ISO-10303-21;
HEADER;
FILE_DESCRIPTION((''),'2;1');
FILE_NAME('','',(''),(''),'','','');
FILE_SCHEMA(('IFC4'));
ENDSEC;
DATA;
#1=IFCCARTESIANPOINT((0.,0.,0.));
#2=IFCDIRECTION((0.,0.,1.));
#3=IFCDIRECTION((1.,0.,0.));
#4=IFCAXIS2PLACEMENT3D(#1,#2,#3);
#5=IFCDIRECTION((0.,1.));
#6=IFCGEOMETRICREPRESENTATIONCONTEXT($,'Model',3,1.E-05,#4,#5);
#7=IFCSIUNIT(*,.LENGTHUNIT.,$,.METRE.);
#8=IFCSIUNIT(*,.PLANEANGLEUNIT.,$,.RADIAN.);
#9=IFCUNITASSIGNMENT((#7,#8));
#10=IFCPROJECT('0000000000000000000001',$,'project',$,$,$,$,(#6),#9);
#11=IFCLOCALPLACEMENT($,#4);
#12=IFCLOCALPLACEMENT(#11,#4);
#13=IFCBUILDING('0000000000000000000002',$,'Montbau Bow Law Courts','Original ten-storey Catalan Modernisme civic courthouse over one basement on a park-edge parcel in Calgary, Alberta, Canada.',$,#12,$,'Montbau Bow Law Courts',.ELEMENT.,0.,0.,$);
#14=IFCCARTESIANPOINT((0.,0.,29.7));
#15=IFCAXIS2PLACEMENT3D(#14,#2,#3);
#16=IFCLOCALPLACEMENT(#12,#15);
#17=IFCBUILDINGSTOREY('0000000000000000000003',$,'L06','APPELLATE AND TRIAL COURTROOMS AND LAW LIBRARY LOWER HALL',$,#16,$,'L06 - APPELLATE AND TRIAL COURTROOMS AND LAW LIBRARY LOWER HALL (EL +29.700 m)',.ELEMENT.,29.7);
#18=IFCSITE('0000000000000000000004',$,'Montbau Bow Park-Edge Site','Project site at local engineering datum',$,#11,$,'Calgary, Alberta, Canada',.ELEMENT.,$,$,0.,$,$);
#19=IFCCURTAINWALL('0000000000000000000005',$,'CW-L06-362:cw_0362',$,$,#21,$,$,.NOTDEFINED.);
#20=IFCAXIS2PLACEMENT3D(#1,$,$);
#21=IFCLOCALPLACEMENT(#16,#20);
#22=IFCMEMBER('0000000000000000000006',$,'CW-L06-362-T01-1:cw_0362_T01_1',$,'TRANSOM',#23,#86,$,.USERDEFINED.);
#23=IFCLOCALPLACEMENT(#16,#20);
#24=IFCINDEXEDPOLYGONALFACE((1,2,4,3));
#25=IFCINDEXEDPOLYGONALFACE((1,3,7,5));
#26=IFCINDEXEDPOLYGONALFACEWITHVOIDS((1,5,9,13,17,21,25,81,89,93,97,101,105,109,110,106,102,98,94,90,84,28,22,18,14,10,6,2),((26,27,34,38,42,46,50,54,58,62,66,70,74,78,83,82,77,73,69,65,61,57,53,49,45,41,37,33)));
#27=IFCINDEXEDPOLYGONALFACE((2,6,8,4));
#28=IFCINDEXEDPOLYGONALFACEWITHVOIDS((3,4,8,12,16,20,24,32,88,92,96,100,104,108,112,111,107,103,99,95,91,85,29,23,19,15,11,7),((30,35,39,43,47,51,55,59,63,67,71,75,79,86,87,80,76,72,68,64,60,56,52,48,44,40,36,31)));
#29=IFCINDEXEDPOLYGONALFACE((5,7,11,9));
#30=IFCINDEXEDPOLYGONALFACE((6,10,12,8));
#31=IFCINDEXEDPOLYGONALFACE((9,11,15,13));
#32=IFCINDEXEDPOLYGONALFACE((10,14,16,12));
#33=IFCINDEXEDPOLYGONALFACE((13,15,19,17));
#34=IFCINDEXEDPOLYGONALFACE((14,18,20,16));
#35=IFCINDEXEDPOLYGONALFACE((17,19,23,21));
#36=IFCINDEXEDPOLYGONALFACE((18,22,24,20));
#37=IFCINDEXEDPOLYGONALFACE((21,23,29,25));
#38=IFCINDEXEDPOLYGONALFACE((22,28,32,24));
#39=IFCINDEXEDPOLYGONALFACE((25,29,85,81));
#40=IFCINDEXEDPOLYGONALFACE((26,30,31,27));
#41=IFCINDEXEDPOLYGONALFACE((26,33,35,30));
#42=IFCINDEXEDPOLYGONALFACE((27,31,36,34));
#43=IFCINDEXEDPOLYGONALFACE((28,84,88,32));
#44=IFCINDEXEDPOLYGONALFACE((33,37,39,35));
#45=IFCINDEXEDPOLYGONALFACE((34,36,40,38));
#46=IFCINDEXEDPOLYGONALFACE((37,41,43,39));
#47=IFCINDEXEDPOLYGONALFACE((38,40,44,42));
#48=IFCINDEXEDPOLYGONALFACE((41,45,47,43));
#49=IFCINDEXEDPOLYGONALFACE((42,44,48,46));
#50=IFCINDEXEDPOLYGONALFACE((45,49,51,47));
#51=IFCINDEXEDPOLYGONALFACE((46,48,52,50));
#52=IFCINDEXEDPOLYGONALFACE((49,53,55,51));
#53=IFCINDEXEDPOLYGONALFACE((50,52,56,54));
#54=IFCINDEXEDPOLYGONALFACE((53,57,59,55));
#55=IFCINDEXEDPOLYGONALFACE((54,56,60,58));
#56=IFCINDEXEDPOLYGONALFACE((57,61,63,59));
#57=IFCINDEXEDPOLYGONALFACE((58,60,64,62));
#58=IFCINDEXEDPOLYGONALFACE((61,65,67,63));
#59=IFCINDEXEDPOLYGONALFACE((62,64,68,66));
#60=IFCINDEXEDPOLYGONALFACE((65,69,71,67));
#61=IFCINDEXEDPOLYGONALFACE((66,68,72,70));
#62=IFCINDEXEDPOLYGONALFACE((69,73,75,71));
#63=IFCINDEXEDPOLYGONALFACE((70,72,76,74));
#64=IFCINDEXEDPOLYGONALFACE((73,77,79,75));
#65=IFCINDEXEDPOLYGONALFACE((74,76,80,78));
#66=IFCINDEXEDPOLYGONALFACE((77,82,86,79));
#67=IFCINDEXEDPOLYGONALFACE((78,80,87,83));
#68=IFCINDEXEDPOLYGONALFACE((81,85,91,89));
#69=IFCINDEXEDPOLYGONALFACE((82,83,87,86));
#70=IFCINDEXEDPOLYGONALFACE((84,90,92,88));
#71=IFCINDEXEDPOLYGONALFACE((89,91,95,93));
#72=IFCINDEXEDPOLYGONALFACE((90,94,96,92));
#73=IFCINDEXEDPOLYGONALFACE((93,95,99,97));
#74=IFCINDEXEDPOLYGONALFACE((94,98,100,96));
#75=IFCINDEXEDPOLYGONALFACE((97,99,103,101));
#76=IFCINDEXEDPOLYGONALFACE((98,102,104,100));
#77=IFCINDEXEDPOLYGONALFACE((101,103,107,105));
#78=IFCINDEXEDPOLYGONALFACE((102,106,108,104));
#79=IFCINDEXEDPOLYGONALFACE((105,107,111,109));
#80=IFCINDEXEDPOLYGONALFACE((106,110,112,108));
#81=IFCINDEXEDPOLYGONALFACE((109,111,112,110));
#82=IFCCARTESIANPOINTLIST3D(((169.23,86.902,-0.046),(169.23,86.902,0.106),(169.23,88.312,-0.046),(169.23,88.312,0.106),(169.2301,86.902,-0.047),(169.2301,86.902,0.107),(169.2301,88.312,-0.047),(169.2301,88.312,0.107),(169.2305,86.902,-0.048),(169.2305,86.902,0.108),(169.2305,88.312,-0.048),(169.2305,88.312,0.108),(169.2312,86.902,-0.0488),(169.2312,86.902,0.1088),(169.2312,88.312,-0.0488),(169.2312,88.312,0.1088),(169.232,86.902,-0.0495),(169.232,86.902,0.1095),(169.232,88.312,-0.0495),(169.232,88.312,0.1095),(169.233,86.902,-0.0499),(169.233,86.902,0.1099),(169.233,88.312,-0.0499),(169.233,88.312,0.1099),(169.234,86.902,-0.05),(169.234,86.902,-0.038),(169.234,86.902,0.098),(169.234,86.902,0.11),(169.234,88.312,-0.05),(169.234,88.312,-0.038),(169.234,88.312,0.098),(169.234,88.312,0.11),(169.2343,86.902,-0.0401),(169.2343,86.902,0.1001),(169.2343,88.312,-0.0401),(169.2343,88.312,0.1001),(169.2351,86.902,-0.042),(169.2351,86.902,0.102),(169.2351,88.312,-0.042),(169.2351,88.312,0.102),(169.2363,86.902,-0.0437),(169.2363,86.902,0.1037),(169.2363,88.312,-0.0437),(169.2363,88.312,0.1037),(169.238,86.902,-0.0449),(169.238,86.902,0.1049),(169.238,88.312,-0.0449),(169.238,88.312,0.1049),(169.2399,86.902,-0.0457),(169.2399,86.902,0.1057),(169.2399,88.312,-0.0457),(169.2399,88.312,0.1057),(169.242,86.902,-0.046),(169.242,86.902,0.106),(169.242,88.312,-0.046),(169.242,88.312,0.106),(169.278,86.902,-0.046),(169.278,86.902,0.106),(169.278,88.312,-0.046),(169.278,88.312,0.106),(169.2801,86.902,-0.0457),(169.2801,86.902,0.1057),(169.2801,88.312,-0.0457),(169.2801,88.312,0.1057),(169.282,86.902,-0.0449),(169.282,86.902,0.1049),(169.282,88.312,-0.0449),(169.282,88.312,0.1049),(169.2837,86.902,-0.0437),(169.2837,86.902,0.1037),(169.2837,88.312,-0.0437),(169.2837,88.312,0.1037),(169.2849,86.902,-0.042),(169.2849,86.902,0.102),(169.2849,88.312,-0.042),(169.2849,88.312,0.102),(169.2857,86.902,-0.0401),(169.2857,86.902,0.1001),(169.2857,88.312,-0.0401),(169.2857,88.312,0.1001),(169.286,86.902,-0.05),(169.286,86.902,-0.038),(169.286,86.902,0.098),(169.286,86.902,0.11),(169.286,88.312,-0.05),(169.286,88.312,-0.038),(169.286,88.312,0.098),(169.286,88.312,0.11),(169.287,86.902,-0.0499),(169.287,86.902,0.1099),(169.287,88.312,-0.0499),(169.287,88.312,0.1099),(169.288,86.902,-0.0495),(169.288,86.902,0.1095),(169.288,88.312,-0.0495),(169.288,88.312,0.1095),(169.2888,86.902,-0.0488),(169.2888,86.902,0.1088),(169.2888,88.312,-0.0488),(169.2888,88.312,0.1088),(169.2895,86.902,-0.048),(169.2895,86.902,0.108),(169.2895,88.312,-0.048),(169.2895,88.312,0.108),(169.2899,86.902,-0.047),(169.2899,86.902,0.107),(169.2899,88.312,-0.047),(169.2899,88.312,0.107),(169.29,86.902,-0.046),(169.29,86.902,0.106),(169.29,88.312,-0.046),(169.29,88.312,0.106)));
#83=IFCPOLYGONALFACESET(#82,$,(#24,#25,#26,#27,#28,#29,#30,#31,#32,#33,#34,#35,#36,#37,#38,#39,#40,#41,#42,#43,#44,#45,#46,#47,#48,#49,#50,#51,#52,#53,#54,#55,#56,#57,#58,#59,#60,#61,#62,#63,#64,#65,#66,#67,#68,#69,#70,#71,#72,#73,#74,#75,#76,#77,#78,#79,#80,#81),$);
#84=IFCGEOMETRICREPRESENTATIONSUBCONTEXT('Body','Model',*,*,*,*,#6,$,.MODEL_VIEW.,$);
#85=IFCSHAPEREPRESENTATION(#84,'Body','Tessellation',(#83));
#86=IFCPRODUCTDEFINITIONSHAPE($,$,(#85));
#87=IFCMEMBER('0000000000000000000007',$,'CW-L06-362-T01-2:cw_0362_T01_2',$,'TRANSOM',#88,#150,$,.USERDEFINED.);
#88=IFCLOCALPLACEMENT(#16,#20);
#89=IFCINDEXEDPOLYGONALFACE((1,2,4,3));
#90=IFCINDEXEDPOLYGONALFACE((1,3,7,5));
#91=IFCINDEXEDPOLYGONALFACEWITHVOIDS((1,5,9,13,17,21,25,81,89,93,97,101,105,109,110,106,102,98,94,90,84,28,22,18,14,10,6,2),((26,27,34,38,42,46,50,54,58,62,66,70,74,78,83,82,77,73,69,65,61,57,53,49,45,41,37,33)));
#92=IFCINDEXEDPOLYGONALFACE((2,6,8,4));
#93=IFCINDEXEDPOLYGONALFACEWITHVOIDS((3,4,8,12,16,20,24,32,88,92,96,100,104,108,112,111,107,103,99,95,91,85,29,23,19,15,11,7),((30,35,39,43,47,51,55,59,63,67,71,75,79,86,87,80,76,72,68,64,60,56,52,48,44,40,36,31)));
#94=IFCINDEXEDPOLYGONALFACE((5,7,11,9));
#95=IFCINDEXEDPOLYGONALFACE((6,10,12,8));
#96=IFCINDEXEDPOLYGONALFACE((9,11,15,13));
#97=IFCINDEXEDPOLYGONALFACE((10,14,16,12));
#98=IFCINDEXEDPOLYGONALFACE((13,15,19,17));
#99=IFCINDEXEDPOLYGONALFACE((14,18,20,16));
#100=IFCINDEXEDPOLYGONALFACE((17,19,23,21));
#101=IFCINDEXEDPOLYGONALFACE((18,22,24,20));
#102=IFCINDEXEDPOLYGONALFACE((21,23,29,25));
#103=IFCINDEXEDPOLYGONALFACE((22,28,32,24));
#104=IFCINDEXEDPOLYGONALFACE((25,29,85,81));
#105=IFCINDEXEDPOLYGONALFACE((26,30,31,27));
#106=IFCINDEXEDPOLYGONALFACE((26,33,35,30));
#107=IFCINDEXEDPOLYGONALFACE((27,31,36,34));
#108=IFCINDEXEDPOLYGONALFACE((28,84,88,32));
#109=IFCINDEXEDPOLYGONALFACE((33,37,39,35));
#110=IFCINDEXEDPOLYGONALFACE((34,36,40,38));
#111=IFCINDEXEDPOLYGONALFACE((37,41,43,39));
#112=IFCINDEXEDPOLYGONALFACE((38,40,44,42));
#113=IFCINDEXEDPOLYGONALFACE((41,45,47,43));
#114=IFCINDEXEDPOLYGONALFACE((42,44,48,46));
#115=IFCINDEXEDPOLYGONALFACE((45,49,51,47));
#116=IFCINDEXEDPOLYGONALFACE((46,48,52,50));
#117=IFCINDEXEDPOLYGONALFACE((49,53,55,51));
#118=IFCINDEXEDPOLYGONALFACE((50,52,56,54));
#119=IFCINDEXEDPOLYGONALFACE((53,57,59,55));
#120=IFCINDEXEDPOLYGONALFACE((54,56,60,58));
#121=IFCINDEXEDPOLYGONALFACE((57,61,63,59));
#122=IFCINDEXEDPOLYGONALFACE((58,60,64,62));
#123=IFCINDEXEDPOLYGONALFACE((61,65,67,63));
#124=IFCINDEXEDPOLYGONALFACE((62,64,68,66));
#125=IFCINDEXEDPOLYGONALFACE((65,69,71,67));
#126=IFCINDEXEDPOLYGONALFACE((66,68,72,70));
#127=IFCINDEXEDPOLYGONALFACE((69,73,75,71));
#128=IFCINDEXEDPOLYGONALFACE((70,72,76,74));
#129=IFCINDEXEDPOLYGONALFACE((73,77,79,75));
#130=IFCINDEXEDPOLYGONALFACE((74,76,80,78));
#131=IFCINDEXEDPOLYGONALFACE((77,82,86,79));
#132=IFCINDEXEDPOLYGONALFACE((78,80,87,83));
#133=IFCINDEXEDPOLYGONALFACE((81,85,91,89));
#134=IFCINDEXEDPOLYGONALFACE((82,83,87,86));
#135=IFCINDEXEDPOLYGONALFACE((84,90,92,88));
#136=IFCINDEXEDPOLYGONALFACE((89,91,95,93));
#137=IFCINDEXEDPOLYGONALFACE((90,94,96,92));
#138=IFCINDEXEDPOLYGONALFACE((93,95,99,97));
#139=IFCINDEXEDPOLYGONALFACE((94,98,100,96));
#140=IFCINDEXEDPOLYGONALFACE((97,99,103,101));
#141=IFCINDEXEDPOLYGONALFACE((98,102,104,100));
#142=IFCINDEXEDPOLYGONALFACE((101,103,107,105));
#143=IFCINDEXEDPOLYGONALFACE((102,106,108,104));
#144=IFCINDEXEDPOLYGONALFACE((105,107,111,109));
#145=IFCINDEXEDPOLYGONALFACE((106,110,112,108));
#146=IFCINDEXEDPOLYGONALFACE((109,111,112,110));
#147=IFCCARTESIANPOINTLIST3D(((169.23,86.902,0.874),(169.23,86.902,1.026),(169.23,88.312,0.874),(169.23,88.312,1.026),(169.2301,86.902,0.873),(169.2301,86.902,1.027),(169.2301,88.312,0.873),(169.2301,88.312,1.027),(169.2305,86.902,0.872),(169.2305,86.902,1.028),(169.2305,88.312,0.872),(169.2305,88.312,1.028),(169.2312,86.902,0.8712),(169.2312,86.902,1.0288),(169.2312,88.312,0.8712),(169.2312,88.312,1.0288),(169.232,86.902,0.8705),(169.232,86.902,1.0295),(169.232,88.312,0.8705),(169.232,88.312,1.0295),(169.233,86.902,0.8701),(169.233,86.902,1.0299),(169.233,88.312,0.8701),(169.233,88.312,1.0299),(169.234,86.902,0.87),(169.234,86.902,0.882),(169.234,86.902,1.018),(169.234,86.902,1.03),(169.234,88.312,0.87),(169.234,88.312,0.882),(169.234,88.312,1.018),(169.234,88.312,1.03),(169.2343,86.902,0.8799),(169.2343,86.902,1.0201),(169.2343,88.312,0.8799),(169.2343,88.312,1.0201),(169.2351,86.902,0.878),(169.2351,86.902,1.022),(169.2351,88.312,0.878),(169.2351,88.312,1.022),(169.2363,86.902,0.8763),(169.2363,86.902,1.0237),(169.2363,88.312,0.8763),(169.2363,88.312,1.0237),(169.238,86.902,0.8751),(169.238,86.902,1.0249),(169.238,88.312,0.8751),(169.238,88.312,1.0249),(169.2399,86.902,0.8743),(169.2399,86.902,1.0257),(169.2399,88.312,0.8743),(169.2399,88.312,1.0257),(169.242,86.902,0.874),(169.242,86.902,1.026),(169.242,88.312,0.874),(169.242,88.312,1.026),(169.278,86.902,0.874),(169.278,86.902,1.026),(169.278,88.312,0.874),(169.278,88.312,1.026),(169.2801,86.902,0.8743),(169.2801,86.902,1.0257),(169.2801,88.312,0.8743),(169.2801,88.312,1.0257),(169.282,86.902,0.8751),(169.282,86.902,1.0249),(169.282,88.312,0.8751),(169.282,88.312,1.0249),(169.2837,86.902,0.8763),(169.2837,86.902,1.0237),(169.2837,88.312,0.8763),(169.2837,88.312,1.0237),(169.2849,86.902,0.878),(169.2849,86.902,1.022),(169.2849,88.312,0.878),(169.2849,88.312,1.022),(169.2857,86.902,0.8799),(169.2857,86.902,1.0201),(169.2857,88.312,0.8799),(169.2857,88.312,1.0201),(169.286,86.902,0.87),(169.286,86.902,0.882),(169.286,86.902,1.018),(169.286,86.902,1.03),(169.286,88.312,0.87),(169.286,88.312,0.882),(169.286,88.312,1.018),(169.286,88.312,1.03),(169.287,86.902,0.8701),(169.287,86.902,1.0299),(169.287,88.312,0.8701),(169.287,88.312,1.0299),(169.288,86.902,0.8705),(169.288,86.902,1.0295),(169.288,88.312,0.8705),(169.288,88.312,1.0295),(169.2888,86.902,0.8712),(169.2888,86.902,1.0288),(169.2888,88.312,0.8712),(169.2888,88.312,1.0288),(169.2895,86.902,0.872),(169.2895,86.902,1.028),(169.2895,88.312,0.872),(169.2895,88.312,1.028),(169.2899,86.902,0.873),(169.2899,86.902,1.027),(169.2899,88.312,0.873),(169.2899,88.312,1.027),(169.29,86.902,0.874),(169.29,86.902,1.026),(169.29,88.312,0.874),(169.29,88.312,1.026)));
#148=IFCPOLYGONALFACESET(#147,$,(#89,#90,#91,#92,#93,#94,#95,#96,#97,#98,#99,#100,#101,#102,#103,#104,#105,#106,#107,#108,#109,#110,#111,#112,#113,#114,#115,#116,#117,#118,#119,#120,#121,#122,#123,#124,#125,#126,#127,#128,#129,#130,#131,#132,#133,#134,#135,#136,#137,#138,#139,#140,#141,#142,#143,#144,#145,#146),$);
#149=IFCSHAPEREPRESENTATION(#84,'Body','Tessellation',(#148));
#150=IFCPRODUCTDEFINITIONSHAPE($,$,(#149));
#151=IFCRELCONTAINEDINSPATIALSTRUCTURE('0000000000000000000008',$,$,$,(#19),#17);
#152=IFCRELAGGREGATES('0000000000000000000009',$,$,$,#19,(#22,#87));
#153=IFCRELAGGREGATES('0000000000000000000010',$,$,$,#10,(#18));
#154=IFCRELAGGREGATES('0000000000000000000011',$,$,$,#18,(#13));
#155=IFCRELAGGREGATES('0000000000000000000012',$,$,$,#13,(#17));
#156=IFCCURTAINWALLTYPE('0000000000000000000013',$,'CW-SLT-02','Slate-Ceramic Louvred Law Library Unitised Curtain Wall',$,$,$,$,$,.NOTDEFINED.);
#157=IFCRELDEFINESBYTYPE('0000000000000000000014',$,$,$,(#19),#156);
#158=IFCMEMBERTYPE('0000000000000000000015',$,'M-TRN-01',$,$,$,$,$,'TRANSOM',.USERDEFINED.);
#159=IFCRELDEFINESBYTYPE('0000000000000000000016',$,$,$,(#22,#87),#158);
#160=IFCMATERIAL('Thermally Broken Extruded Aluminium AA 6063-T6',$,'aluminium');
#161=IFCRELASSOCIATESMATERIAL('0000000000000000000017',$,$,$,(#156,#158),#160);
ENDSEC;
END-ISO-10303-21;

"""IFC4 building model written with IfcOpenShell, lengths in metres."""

from ifc_helpers import new_model, si_unit, direction, frame, origin_with_axes, origin_2d_with_axis, place, context, subcontext, project, spatial, hollow_rectangle, extrude, material, material_profile, profile_set, type_object, element, aggregate, save


model = new_model("IFC4")

# Units and contexts
model_context = context("Model", 3, precision=1e-05, world=origin_with_axes(), true_north=direction((0.0, 1.0)))
body_context = subcontext(model_context, "Body", "Model", "MODEL_VIEW")
ifc_project = project(units=[si_unit("LENGTHUNIT", "METRE"), si_unit("PLANEANGLEUNIT", "RADIAN")], contexts=[model_context])

# Site, building, storey
site_placement = place(None, origin_with_axes())
site = spatial("IfcSite", under=ifc_project, at=site_placement, Name="Montbau Bow Park-Edge Site", Description="Project site at local engineering datum", LongName="Calgary, Alberta, Canada", CompositionType="ELEMENT", RefElevation=0.0)
building_placement = place(site_placement, origin_with_axes())
building = spatial("IfcBuilding", under=site, at=building_placement, Name="Montbau Bow Law Courts", Description="Original ten-storey Catalan Modernisme civic courthouse over one basement on a park-edge parcel in Calgary, Alberta, Canada.", LongName="Montbau Bow Law Courts", CompositionType="ELEMENT", ElevationOfRefHeight=0.0, ElevationOfTerrain=0.0)
storey_placement = place(building_placement, frame((0.0, 0.0, 29.7), z_axis=(0.0, 0.0, 1.0), x_axis=(1.0, 0.0, 0.0)))
storey = spatial("IfcBuildingStorey", under=building, at=storey_placement, Name="L06", Description="APPELLATE AND TRIAL COURTROOMS AND LAW LIBRARY LOWER HALL", LongName="L06 - APPELLATE AND TRIAL COURTROOMS AND LAW LIBRARY LOWER HALL (EL +29.700 m)", CompositionType="ELEMENT", Elevation=29.7)

# Curtain wall, members
ifc_material_1 = material(Name="Thermally Broken Extruded Aluminium AA 6063-T6", Category="aluminium")
curtain_wall_type = type_object("IfcCurtainWallType", Name="CW-SLT-02", Description="Slate-Ceramic Louvred Law Library Unitised Curtain Wall", PredefinedType="NOTDEFINED", material=ifc_material_1)
curtain_wall_1_placement = place(None, frame((169.26, 86.84, 29.7), z_axis=(0.0, 0.0, 1.0), x_axis=(1.0, 0.0, 0.0)))
curtain_wall_1 = element("IfcCurtainWall", 1, at=curtain_wall_1_placement, inside=storey, type_object=curtain_wall_type, Name="CW-L06-362:cw_0362", PredefinedType="NOTDEFINED")
ifc_material_profile_1 = material_profile(ifc_material_1, hollow_rectangle(XDim=0.06, YDim=0.16, WallThickness=0.004, InnerFilletRadius=0.008, OuterFilletRadius=0.004, at=origin_2d_with_axis()), Name="CWT-160X60", Category="Main", Priority=0)
ifc_profile_set_1 = profile_set([ifc_material_profile_1], Name="Thermally Broken Extruded Aluminium AA 6063-T6")
member_type_1 = type_object("IfcMemberType", Name="M-TRN-01", ElementType="TRANSOM", PredefinedType="USERDEFINED", material=ifc_profile_set_1)
member_1_placement = place(None, frame((169.26, 86.902, 29.73), z_axis=(0.0, 1.0, 0.0), x_axis=(-1.0, 0.0, 0.0)))
member_1 = element("IfcMember", 2, at=member_1_placement, type_object=member_type_1, Name="CW-L06-362-T01-1:cw_0362_T01_1", ObjectType="TRANSOM", PredefinedType="USERDEFINED", context=body_context, shape_type="SweptSolid", body=[
    extrude(hollow_rectangle(XDim=0.06, YDim=0.16, WallThickness=0.004, InnerFilletRadius=0.008, OuterFilletRadius=0.004, at=origin_2d_with_axis()), origin_with_axes(), (0.0, 0.0, 1.0), 1.41),
])
member_2_placement = place(None, frame((169.26, 86.902, 30.65), z_axis=(0.0, 1.0, 0.0), x_axis=(-1.0, 0.0, 0.0)))
member_2 = element("IfcMember", 3, at=member_2_placement, type_object=member_type_1, Name="CW-L06-362-T01-2:cw_0362_T01_2", ObjectType="TRANSOM", PredefinedType="USERDEFINED", context=body_context, shape_type="SweptSolid", body=[
    extrude(hollow_rectangle(XDim=0.06, YDim=0.16, WallThickness=0.004, InnerFilletRadius=0.008, OuterFilletRadius=0.004, at=origin_2d_with_axis()), origin_with_axes(), (0.0, 0.0, 1.0), 1.41),
])

aggregate(curtain_wall_1, [member_1, member_2])

save(model, "model.ifc")
